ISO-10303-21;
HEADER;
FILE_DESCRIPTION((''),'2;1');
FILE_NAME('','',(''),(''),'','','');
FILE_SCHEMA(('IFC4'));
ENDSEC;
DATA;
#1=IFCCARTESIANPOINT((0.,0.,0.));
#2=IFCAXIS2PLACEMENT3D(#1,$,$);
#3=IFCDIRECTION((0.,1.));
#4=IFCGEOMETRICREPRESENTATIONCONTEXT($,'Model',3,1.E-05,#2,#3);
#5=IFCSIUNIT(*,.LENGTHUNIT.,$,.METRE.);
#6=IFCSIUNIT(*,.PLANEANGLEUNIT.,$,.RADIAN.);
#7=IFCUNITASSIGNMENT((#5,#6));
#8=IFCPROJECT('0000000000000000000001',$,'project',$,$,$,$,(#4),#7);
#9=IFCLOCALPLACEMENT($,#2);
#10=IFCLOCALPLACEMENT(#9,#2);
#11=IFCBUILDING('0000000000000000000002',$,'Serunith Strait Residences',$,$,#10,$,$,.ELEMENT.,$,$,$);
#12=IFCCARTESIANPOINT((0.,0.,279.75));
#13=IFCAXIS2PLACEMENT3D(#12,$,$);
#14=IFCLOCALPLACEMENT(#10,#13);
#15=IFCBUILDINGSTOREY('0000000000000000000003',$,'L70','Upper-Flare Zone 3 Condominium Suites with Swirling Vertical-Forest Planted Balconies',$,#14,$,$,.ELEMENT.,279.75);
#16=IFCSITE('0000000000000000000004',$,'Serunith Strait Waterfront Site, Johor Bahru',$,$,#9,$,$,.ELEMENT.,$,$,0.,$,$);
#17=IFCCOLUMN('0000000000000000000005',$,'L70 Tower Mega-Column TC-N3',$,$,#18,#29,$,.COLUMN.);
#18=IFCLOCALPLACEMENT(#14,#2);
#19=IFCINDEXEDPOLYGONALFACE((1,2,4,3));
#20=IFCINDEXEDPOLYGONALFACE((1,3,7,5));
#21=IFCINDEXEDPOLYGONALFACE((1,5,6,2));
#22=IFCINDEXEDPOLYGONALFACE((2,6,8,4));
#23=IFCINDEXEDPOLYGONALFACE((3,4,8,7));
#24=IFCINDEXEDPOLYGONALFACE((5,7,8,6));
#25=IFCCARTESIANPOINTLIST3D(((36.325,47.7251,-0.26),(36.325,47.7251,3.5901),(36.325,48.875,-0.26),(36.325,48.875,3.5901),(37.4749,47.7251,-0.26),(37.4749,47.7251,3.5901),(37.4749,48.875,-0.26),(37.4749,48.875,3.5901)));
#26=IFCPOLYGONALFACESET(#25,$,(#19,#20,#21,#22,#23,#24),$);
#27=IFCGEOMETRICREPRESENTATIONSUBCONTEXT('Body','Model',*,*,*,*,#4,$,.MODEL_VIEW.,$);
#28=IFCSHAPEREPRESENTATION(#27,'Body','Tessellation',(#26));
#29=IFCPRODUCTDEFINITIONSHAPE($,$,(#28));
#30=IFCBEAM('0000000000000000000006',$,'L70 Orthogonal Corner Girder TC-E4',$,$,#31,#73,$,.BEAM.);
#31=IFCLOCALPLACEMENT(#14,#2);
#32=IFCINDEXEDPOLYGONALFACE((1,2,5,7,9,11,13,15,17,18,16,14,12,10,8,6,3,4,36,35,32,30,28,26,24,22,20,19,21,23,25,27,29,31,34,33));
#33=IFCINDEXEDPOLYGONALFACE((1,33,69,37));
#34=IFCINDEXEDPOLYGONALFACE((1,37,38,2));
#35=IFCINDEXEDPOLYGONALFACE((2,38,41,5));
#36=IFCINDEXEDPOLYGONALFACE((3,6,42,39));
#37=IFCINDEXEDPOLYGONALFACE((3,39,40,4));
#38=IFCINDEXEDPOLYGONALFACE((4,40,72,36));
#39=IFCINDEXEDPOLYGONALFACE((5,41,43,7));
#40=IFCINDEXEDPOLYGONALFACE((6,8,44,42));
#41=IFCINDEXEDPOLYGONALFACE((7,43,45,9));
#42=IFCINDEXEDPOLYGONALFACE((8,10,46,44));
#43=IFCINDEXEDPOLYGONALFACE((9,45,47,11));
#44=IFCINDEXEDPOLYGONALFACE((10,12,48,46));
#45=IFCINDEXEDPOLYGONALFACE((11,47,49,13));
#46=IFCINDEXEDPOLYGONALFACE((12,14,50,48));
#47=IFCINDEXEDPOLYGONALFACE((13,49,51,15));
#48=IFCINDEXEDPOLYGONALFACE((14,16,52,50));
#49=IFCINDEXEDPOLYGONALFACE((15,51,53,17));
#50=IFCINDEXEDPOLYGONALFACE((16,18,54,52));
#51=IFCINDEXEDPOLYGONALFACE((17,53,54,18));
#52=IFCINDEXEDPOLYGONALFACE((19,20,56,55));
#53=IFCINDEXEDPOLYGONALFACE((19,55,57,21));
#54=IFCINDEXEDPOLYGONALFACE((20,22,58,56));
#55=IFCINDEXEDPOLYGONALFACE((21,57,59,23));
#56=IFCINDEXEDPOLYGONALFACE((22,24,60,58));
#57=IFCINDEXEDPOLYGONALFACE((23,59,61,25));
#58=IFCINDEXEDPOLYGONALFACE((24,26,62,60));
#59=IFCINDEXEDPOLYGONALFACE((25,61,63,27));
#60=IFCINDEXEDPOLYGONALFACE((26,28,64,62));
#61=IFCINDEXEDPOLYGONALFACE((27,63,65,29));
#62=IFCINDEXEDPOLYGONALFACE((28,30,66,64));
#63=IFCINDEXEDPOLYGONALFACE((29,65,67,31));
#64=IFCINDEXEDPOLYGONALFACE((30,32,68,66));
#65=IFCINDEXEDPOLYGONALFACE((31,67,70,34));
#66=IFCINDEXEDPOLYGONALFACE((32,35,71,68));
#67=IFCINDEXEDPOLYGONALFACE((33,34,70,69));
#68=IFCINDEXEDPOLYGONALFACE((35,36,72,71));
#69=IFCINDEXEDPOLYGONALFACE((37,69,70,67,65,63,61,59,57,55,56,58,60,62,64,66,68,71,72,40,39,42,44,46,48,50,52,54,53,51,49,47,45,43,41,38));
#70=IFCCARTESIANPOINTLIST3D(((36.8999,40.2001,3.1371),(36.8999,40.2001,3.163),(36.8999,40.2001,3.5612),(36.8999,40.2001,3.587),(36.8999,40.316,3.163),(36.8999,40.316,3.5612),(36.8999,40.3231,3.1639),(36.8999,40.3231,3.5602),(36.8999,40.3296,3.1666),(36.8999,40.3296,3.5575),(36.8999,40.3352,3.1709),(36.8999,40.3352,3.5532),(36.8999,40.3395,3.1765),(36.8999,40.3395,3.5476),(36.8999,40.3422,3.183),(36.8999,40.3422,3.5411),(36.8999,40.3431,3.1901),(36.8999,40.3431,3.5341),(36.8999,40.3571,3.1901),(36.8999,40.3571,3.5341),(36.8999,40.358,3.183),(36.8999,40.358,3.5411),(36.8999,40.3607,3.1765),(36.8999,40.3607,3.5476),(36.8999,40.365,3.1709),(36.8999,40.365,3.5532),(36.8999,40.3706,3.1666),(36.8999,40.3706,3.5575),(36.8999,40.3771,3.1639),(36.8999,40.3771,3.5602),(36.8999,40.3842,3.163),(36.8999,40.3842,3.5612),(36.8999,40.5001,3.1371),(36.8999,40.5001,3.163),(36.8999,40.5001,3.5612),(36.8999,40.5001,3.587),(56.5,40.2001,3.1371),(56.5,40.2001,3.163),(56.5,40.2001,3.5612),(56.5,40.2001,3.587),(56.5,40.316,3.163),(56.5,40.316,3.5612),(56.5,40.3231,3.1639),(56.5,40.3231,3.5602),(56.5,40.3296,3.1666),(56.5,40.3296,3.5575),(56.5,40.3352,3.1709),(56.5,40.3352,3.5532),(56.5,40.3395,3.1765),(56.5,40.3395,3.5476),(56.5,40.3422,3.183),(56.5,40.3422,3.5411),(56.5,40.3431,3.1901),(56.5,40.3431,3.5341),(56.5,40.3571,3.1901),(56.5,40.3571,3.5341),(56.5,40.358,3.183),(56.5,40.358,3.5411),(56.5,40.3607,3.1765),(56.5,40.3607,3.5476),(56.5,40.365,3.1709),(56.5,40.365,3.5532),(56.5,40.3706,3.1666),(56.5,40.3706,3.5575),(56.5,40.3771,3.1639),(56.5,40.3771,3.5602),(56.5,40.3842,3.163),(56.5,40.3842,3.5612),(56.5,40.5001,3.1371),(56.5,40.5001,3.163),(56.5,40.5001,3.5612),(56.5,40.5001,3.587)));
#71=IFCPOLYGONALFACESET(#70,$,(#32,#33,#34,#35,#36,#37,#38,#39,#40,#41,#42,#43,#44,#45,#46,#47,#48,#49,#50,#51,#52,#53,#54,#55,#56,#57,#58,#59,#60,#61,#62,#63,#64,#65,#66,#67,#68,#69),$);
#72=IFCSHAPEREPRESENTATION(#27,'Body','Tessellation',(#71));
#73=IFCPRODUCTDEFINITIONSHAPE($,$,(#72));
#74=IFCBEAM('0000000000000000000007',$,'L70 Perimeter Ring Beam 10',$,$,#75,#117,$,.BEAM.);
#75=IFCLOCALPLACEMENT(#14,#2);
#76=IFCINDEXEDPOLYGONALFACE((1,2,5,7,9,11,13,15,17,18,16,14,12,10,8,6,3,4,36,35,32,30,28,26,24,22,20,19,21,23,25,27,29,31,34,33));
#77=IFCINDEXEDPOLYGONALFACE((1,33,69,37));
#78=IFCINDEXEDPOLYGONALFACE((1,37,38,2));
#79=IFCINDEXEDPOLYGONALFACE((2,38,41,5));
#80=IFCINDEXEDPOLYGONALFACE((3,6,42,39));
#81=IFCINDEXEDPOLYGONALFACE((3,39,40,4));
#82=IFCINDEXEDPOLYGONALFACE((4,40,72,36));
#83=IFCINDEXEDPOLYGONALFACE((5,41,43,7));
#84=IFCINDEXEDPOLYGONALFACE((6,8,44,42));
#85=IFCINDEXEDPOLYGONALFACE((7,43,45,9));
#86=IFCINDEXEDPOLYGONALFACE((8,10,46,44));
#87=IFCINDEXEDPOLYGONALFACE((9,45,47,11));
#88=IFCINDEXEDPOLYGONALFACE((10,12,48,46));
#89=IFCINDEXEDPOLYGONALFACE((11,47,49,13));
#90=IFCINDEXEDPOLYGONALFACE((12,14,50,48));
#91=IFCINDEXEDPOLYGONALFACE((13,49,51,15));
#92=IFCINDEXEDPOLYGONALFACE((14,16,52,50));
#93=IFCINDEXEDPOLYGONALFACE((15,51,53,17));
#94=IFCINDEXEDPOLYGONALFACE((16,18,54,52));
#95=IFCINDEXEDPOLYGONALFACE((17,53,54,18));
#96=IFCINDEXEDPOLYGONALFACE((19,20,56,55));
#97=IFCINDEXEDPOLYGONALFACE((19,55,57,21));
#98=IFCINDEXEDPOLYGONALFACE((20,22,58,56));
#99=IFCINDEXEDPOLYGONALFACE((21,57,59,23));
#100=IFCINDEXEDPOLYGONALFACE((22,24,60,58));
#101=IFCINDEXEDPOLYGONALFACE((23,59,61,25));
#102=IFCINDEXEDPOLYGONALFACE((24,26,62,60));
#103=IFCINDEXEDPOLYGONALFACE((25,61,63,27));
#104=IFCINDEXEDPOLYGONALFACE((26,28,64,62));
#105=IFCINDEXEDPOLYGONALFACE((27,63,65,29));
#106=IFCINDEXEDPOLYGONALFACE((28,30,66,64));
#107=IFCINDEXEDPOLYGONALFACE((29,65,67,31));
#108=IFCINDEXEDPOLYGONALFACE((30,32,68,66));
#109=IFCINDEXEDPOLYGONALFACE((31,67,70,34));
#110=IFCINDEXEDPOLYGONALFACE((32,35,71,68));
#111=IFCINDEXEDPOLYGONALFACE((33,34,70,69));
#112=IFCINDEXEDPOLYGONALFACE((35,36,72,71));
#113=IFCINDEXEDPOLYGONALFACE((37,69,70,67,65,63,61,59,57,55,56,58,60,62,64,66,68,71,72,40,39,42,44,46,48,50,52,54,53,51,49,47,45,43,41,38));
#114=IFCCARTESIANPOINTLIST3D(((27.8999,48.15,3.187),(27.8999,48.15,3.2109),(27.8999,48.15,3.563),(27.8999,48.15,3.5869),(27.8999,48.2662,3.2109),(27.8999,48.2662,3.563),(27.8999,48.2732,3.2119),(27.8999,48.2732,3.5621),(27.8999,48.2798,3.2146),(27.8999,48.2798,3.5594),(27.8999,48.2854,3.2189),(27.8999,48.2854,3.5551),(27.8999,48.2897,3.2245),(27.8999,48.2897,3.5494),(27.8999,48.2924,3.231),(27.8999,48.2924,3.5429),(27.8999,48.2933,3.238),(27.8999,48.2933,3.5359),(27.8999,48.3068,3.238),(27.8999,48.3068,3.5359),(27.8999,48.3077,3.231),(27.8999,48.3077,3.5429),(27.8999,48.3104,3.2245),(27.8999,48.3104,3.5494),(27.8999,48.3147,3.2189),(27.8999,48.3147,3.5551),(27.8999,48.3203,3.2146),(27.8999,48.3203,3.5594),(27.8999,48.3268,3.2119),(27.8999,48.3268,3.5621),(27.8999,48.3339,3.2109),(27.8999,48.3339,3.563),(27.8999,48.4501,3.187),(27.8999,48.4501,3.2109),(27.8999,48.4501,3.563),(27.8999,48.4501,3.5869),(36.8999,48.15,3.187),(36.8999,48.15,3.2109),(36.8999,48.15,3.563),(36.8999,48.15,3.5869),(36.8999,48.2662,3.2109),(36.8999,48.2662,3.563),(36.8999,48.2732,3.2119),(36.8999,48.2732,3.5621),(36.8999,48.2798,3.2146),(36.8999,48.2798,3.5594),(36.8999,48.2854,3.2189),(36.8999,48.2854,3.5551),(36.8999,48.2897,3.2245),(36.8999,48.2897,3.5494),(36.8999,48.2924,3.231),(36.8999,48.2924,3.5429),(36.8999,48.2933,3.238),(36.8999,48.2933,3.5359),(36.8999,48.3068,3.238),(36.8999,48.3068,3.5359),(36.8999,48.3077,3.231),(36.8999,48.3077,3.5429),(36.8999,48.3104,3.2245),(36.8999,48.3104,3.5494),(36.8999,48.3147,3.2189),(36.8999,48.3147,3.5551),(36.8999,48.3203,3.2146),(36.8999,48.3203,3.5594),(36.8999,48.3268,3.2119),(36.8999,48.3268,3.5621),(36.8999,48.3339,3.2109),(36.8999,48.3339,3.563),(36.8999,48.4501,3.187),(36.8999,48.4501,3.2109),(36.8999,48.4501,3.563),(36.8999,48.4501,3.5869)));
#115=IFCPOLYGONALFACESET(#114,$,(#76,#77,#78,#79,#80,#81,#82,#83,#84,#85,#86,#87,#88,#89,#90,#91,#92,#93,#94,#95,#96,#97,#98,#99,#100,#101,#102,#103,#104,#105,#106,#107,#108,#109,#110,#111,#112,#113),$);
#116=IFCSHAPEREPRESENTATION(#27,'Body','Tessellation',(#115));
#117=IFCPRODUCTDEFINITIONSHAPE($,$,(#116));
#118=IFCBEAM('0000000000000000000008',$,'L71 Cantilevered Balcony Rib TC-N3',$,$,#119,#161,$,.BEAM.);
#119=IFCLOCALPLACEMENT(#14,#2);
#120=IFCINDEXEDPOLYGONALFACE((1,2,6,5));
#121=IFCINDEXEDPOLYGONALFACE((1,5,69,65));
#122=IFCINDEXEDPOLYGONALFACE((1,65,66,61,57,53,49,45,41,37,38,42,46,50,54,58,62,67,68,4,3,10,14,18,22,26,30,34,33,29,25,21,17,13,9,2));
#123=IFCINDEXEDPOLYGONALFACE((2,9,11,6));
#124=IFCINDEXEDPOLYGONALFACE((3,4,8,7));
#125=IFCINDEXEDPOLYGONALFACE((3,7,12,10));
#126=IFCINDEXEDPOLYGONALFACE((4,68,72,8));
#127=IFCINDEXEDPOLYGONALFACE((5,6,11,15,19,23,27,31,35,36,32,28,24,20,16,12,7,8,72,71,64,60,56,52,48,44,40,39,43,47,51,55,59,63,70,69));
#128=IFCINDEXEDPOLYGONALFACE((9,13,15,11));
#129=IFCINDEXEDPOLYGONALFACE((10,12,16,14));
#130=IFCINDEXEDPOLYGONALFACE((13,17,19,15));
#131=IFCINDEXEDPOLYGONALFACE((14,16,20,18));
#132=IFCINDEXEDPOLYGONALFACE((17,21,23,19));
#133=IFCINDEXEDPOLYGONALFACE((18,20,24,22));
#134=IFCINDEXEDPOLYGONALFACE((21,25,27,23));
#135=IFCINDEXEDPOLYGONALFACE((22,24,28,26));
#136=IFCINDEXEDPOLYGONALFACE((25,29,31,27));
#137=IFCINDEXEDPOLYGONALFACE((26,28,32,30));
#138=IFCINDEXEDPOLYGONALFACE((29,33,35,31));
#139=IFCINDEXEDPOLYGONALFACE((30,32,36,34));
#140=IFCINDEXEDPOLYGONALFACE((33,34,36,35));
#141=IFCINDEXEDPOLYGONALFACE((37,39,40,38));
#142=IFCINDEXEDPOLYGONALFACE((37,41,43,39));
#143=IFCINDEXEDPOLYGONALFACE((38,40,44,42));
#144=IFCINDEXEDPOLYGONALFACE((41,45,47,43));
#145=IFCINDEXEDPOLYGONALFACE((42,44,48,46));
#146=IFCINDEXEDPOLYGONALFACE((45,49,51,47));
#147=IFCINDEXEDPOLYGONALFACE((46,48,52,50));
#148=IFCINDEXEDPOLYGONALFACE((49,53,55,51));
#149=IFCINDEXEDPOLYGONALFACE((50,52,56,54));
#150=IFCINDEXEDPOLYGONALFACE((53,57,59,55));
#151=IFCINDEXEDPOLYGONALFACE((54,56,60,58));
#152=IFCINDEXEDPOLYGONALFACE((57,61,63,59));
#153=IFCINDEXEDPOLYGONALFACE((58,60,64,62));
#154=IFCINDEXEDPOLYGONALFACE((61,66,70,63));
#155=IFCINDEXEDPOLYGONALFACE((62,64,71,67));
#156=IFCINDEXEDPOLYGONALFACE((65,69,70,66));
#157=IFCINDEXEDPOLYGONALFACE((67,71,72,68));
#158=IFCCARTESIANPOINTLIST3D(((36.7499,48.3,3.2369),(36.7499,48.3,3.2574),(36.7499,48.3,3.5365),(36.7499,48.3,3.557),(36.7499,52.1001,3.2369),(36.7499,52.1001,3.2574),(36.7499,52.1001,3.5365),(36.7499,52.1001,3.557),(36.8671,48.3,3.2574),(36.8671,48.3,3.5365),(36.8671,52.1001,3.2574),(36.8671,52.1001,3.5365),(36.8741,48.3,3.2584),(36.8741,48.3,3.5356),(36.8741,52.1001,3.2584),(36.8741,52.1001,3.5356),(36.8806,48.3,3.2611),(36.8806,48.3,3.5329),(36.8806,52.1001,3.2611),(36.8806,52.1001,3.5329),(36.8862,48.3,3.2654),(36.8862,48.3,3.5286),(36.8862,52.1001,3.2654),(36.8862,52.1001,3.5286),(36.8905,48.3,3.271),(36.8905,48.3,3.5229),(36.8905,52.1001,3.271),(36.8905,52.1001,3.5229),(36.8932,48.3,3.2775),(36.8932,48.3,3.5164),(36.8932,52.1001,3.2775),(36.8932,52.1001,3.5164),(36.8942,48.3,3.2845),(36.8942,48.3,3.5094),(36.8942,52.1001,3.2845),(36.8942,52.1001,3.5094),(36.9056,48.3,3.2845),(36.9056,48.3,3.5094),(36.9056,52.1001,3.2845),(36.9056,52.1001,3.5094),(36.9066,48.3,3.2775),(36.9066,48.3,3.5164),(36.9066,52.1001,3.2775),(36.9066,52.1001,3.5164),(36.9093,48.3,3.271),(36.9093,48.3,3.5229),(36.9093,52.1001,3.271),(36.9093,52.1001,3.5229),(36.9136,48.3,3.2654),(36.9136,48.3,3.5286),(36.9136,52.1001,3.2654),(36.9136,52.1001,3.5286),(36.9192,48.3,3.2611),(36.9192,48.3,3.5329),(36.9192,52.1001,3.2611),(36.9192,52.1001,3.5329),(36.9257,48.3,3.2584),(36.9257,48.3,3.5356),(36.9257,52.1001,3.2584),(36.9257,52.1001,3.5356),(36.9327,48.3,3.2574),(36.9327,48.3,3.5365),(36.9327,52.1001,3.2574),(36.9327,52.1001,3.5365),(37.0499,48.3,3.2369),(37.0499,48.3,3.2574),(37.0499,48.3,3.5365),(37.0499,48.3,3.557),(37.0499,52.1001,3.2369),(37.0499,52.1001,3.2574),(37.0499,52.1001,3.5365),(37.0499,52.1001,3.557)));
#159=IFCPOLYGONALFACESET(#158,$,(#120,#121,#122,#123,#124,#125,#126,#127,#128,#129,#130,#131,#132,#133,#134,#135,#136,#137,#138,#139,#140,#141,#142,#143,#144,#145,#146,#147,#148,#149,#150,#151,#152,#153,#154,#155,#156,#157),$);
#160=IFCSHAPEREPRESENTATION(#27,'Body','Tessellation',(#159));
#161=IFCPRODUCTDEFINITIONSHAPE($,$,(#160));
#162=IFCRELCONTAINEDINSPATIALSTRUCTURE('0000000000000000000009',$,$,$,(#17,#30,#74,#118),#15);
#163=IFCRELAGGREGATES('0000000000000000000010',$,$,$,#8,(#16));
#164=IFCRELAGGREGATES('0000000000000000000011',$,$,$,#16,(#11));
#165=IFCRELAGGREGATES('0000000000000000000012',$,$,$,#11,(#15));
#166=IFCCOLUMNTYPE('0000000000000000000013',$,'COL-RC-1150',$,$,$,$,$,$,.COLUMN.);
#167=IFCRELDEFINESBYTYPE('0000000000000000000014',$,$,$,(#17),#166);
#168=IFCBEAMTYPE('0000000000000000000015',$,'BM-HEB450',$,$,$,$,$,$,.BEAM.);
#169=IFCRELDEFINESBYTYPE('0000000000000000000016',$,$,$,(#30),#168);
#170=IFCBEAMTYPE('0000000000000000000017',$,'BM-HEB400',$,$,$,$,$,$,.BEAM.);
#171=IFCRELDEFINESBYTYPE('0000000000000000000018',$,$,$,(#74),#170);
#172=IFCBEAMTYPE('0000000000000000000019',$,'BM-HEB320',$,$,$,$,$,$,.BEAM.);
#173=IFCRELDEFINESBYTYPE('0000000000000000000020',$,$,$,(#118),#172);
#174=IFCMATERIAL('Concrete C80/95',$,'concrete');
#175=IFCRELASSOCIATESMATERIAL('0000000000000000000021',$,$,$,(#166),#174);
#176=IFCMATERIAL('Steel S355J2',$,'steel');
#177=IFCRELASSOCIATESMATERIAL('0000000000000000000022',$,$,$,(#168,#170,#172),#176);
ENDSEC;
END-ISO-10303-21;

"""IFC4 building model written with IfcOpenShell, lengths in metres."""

from ifc_helpers import new_model, si_unit, direction, frame, origin, origin_2d, place, context, subcontext, project, spatial, rectangle, i_section, extrude, source, transform, mapped, material, material_profile, profile_set, type_object, element, save


model = new_model("IFC4")

# Units and contexts
model_context = context("Model", 3, precision=1e-05, world=origin(), true_north=direction((0.0, 1.0)))
body_context = subcontext(model_context, "Body", "Model", "MODEL_VIEW")
ifc_project = project(units=[si_unit("LENGTHUNIT", "METRE"), si_unit("PLANEANGLEUNIT", "RADIAN")], contexts=[model_context])

# Site, building, storey
site_placement = place(None, origin())
site = spatial("IfcSite", under=ifc_project, at=site_placement, Name="Serunith Strait Waterfront Site, Johor Bahru", CompositionType="ELEMENT", RefElevation=0.0)
building_placement = place(site_placement, origin())
building = spatial("IfcBuilding", under=site, at=building_placement, Name="Serunith Strait Residences", CompositionType="ELEMENT")
storey_placement = place(building_placement, frame((0.0, 0.0, 279.75)))
storey = spatial("IfcBuildingStorey", under=building, at=storey_placement, Name="L70", Description="Upper-Flare Zone 3 Condominium Suites with Swirling Vertical-Forest Planted Balconies", CompositionType="ELEMENT", Elevation=279.75)

# Column
ifc_material_1 = material(Name="Concrete C80/95", Category="concrete")
ifc_material_profile_1 = material_profile(ifc_material_1, rectangle(XDim=1.1499, YDim=1.1499, at=origin_2d()), Name="RC 1150x1150")
ifc_profile_set_1 = profile_set([ifc_material_profile_1], Name="Concrete C80/95")
column_type = type_object("IfcColumnType", Name="COL-RC-1150", PredefinedType="COLUMN", material=ifc_profile_set_1)
shared_shape_1 = source(origin(), body_context, "Body", "SweptSolid", [
    extrude(rectangle(XDim=1.1499, YDim=1.1499, at=origin_2d()), origin(), (0.0, 0.0, 1.0), 3.8501),
])
column_placement = place(storey_placement, frame((36.8999, 48.3, -0.26), z_axis=(0.0, 0.0, 1.0), x_axis=(1.0, 0.0, 0.0)))
element("IfcColumn", 1, at=column_placement, inside=storey, type_object=column_type, Name="L70 Tower Mega-Column TC-N3", PredefinedType="COLUMN", context=body_context, shape_type="MappedRepresentation", body=[
    mapped(shared_shape_1, transform((0.0, 0.0, 0.0), scale=1.0)),
])

# Beams
ifc_material_2 = material(Name="Steel S355J2", Category="steel")
ifc_material_profile_2 = material_profile(ifc_material_2, i_section(OverallWidth=0.3, OverallDepth=0.45, WebThickness=0.0139, FlangeThickness=0.0259, FilletRadius=0.0271, at=origin_2d()), Name="HEB 450")
ifc_profile_set_2 = profile_set([ifc_material_profile_2], Name="Steel S355J2")
beam_type_1 = type_object("IfcBeamType", Name="BM-HEB450", PredefinedType="BEAM", material=ifc_profile_set_2)
shared_shape_2 = source(origin(), body_context, "Body", "SweptSolid", [
    extrude(i_section(OverallWidth=0.3, OverallDepth=0.45, WebThickness=0.0139, FlangeThickness=0.0259, FilletRadius=0.0271, at=origin_2d()), origin(), (0.0, 0.0, 1.0), 19.6001),
])
beam_1_placement = place(storey_placement, frame((36.8999, 40.3501, 3.3621), z_axis=(1.0, 0.0, 0.0), x_axis=(0.0, 1.0, 0.0)))
element("IfcBeam", 2, at=beam_1_placement, inside=storey, type_object=beam_type_1, Name="L70 Orthogonal Corner Girder TC-E4", PredefinedType="BEAM", context=body_context, shape_type="MappedRepresentation", body=[
    mapped(shared_shape_2, transform((0.0, 0.0, 0.0), scale=1.0)),
])
ifc_material_profile_3 = material_profile(ifc_material_2, i_section(OverallWidth=0.3, OverallDepth=0.3999, WebThickness=0.0134, FlangeThickness=0.0239, FilletRadius=0.0271, at=origin_2d()), Name="HEB 400")
ifc_profile_set_3 = profile_set([ifc_material_profile_3], Name="Steel S355J2")
beam_type_2 = type_object("IfcBeamType", Name="BM-HEB400", PredefinedType="BEAM", material=ifc_profile_set_3)
shared_shape_3 = source(origin(), body_context, "Body", "SweptSolid", [
    extrude(i_section(OverallWidth=0.3, OverallDepth=0.3999, WebThickness=0.0134, FlangeThickness=0.0239, FilletRadius=0.0271, at=origin_2d()), origin(), (0.0, 0.0, 1.0), 9.0),
])
beam_2_placement = place(storey_placement, frame((36.8999, 48.3, 3.387), z_axis=(-1.0, 0.0, 0.0), x_axis=(0.0, -1.0, 0.0)))
element("IfcBeam", 3, at=beam_2_placement, inside=storey, type_object=beam_type_2, Name="L70 Perimeter Ring Beam 10", PredefinedType="BEAM", context=body_context, shape_type="MappedRepresentation", body=[
    mapped(shared_shape_3, transform((0.0, 0.0, 0.0), scale=1.0)),
])
ifc_material_profile_4 = material_profile(ifc_material_2, i_section(OverallWidth=0.3, OverallDepth=0.3201, WebThickness=0.0115, FlangeThickness=0.0205, FilletRadius=0.0271, at=origin_2d()), Name="HEB 320")
ifc_profile_set_4 = profile_set([ifc_material_profile_4], Name="Steel S355J2")
beam_type_3 = type_object("IfcBeamType", Name="BM-HEB320", PredefinedType="BEAM", material=ifc_profile_set_4)
shared_shape_4 = source(origin(), body_context, "Body", "SweptSolid", [
    extrude(i_section(OverallWidth=0.3, OverallDepth=0.3201, WebThickness=0.0115, FlangeThickness=0.0205, FilletRadius=0.0271, at=origin_2d()), origin(), (0.0, 0.0, 1.0), 3.8),
])
beam_3_placement = place(storey_placement, frame((36.8999, 48.3, 3.397), z_axis=(0.0, 1.0, 0.0), x_axis=(-1.0, 0.0, 0.0)))
element("IfcBeam", 4, at=beam_3_placement, inside=storey, type_object=beam_type_3, Name="L71 Cantilevered Balcony Rib TC-N3", PredefinedType="BEAM", context=body_context, shape_type="MappedRepresentation", body=[
    mapped(shared_shape_4, transform((0.0, 0.0, 0.0), scale=1.0)),
])

save(model, "model.ifc")
